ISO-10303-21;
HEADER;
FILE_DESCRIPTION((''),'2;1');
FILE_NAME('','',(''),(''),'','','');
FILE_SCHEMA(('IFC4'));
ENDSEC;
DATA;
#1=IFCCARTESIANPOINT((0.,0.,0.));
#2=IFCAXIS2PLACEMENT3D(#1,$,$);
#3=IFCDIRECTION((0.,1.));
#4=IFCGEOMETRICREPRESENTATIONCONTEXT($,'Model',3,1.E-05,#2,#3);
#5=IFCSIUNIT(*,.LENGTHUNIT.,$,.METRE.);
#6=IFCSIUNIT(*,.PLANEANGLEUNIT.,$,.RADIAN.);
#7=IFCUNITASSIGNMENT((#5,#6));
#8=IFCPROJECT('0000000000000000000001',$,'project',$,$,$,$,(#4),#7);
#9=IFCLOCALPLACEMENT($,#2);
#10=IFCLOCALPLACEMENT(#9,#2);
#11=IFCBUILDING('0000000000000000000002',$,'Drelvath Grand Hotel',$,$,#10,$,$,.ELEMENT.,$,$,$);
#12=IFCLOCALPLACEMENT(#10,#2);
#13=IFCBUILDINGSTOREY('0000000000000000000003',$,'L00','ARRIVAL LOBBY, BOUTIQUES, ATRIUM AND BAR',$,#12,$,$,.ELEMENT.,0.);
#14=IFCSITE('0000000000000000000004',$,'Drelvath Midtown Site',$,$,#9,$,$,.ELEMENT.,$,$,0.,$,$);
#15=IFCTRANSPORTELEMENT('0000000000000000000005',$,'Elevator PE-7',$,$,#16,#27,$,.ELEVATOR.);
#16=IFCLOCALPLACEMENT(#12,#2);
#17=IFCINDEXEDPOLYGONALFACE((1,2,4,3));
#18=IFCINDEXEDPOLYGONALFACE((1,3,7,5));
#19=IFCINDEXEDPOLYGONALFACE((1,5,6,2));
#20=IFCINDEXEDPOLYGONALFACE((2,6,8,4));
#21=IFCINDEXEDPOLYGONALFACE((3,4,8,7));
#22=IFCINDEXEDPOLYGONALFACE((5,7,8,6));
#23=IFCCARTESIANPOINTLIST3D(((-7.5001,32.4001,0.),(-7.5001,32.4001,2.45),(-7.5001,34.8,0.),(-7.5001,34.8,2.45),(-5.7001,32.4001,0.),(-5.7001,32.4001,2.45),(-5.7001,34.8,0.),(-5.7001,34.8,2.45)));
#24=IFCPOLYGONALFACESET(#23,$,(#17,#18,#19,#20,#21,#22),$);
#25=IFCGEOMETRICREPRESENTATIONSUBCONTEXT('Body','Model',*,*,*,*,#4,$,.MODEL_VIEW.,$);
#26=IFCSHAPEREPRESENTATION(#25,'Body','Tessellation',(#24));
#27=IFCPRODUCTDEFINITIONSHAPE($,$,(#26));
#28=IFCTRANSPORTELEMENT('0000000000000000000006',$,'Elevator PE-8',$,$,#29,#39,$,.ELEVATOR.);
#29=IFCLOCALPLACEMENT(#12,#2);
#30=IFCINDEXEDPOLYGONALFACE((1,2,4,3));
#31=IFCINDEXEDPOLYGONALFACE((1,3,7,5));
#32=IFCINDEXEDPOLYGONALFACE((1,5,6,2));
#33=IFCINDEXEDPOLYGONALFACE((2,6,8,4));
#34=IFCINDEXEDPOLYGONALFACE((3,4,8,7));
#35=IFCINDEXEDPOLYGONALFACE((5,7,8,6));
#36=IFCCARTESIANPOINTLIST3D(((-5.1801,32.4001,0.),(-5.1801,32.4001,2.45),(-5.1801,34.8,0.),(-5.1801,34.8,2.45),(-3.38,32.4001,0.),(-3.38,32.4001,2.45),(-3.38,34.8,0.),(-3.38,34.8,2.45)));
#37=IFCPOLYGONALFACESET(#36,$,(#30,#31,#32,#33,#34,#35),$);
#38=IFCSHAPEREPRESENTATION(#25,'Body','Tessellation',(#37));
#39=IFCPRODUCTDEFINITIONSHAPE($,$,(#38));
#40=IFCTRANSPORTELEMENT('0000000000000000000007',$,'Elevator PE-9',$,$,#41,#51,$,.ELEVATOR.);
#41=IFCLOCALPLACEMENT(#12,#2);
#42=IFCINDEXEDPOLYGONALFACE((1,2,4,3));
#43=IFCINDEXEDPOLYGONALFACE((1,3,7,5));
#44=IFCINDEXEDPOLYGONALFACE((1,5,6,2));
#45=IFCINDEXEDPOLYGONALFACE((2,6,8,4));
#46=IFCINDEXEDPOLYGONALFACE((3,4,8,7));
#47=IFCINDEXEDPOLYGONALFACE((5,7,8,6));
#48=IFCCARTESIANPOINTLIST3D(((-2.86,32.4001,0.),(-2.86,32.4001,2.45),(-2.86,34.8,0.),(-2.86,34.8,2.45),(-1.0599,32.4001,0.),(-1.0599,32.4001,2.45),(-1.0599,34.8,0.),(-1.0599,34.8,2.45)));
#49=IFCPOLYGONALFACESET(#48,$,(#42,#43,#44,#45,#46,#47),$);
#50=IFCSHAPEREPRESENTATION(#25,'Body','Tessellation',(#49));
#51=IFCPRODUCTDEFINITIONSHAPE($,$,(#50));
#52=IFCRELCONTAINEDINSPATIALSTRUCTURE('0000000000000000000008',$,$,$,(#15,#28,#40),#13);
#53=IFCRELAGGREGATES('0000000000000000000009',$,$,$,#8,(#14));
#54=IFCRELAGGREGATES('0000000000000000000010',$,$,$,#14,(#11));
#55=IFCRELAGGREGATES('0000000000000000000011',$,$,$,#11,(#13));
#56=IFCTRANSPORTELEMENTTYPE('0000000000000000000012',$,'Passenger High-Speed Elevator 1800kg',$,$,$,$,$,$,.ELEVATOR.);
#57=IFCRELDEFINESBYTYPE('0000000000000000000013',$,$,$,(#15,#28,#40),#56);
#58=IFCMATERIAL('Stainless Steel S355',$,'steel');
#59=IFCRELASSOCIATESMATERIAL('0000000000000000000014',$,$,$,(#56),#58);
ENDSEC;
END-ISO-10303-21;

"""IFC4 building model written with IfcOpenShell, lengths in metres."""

from ifc_helpers import new_model, si_unit, direction, frame, origin, origin_2d, place, context, subcontext, project, spatial, rectangle, extrude, material, type_object, element, save


model = new_model("IFC4")

# Units and contexts
model_context = context("Model", 3, precision=1e-05, world=origin(), true_north=direction((0.0, 1.0)))
body_context = subcontext(model_context, "Body", "Model", "MODEL_VIEW")
ifc_project = project(units=[si_unit("LENGTHUNIT", "METRE"), si_unit("PLANEANGLEUNIT", "RADIAN")], contexts=[model_context])

# Site, building, storey
site_placement = place(None, origin())
site = spatial("IfcSite", under=ifc_project, at=site_placement, Name="Drelvath Midtown Site", CompositionType="ELEMENT", RefElevation=0.0)
building_placement = place(site_placement, origin())
building = spatial("IfcBuilding", under=site, at=building_placement, Name="Drelvath Grand Hotel", CompositionType="ELEMENT")
storey_placement = place(building_placement, origin())
storey = spatial("IfcBuildingStorey", under=building, at=storey_placement, Name="L00", Description="ARRIVAL LOBBY, BOUTIQUES, ATRIUM AND BAR", CompositionType="ELEMENT", Elevation=0.0)

# Shared definitions
ifc_material_1 = material(Name="Stainless Steel S355", Category="steel")

# Transport elements
transport_element_type_1 = type_object("IfcTransportElementType", Name="Passenger High-Speed Elevator 1800kg", PredefinedType="ELEVATOR", material=ifc_material_1)
for number, where, z_axis, x_axis, name in (
    (1, (-6.6001, 33.6001, 0.0), (0.0, 0.0, 1.0), (1.0, 0.0, 0.0), "Elevator PE-7"),
    (2, (-4.28, 33.6001, 0.0), (0.0, 0.0, 1.0), (1.0, 0.0, 0.0), "Elevator PE-8"),
    (3, (-1.96, 33.6001, 0.0), (0.0, 0.0, 1.0), (1.0, 0.0, 0.0), "Elevator PE-9"),
):
    element("IfcTransportElement", number, at=place(storey_placement, frame(where, z_axis=z_axis, x_axis=x_axis)), inside=storey, type_object=transport_element_type_1, Name=name, PredefinedType="ELEVATOR", context=body_context, shape_type="SweptSolid", body=[
        extrude(rectangle(XDim=1.8, YDim=2.3999, at=origin_2d()), origin(), (0.0, 0.0, 1.0), 2.45),
    ])

save(model, "model.ifc")
